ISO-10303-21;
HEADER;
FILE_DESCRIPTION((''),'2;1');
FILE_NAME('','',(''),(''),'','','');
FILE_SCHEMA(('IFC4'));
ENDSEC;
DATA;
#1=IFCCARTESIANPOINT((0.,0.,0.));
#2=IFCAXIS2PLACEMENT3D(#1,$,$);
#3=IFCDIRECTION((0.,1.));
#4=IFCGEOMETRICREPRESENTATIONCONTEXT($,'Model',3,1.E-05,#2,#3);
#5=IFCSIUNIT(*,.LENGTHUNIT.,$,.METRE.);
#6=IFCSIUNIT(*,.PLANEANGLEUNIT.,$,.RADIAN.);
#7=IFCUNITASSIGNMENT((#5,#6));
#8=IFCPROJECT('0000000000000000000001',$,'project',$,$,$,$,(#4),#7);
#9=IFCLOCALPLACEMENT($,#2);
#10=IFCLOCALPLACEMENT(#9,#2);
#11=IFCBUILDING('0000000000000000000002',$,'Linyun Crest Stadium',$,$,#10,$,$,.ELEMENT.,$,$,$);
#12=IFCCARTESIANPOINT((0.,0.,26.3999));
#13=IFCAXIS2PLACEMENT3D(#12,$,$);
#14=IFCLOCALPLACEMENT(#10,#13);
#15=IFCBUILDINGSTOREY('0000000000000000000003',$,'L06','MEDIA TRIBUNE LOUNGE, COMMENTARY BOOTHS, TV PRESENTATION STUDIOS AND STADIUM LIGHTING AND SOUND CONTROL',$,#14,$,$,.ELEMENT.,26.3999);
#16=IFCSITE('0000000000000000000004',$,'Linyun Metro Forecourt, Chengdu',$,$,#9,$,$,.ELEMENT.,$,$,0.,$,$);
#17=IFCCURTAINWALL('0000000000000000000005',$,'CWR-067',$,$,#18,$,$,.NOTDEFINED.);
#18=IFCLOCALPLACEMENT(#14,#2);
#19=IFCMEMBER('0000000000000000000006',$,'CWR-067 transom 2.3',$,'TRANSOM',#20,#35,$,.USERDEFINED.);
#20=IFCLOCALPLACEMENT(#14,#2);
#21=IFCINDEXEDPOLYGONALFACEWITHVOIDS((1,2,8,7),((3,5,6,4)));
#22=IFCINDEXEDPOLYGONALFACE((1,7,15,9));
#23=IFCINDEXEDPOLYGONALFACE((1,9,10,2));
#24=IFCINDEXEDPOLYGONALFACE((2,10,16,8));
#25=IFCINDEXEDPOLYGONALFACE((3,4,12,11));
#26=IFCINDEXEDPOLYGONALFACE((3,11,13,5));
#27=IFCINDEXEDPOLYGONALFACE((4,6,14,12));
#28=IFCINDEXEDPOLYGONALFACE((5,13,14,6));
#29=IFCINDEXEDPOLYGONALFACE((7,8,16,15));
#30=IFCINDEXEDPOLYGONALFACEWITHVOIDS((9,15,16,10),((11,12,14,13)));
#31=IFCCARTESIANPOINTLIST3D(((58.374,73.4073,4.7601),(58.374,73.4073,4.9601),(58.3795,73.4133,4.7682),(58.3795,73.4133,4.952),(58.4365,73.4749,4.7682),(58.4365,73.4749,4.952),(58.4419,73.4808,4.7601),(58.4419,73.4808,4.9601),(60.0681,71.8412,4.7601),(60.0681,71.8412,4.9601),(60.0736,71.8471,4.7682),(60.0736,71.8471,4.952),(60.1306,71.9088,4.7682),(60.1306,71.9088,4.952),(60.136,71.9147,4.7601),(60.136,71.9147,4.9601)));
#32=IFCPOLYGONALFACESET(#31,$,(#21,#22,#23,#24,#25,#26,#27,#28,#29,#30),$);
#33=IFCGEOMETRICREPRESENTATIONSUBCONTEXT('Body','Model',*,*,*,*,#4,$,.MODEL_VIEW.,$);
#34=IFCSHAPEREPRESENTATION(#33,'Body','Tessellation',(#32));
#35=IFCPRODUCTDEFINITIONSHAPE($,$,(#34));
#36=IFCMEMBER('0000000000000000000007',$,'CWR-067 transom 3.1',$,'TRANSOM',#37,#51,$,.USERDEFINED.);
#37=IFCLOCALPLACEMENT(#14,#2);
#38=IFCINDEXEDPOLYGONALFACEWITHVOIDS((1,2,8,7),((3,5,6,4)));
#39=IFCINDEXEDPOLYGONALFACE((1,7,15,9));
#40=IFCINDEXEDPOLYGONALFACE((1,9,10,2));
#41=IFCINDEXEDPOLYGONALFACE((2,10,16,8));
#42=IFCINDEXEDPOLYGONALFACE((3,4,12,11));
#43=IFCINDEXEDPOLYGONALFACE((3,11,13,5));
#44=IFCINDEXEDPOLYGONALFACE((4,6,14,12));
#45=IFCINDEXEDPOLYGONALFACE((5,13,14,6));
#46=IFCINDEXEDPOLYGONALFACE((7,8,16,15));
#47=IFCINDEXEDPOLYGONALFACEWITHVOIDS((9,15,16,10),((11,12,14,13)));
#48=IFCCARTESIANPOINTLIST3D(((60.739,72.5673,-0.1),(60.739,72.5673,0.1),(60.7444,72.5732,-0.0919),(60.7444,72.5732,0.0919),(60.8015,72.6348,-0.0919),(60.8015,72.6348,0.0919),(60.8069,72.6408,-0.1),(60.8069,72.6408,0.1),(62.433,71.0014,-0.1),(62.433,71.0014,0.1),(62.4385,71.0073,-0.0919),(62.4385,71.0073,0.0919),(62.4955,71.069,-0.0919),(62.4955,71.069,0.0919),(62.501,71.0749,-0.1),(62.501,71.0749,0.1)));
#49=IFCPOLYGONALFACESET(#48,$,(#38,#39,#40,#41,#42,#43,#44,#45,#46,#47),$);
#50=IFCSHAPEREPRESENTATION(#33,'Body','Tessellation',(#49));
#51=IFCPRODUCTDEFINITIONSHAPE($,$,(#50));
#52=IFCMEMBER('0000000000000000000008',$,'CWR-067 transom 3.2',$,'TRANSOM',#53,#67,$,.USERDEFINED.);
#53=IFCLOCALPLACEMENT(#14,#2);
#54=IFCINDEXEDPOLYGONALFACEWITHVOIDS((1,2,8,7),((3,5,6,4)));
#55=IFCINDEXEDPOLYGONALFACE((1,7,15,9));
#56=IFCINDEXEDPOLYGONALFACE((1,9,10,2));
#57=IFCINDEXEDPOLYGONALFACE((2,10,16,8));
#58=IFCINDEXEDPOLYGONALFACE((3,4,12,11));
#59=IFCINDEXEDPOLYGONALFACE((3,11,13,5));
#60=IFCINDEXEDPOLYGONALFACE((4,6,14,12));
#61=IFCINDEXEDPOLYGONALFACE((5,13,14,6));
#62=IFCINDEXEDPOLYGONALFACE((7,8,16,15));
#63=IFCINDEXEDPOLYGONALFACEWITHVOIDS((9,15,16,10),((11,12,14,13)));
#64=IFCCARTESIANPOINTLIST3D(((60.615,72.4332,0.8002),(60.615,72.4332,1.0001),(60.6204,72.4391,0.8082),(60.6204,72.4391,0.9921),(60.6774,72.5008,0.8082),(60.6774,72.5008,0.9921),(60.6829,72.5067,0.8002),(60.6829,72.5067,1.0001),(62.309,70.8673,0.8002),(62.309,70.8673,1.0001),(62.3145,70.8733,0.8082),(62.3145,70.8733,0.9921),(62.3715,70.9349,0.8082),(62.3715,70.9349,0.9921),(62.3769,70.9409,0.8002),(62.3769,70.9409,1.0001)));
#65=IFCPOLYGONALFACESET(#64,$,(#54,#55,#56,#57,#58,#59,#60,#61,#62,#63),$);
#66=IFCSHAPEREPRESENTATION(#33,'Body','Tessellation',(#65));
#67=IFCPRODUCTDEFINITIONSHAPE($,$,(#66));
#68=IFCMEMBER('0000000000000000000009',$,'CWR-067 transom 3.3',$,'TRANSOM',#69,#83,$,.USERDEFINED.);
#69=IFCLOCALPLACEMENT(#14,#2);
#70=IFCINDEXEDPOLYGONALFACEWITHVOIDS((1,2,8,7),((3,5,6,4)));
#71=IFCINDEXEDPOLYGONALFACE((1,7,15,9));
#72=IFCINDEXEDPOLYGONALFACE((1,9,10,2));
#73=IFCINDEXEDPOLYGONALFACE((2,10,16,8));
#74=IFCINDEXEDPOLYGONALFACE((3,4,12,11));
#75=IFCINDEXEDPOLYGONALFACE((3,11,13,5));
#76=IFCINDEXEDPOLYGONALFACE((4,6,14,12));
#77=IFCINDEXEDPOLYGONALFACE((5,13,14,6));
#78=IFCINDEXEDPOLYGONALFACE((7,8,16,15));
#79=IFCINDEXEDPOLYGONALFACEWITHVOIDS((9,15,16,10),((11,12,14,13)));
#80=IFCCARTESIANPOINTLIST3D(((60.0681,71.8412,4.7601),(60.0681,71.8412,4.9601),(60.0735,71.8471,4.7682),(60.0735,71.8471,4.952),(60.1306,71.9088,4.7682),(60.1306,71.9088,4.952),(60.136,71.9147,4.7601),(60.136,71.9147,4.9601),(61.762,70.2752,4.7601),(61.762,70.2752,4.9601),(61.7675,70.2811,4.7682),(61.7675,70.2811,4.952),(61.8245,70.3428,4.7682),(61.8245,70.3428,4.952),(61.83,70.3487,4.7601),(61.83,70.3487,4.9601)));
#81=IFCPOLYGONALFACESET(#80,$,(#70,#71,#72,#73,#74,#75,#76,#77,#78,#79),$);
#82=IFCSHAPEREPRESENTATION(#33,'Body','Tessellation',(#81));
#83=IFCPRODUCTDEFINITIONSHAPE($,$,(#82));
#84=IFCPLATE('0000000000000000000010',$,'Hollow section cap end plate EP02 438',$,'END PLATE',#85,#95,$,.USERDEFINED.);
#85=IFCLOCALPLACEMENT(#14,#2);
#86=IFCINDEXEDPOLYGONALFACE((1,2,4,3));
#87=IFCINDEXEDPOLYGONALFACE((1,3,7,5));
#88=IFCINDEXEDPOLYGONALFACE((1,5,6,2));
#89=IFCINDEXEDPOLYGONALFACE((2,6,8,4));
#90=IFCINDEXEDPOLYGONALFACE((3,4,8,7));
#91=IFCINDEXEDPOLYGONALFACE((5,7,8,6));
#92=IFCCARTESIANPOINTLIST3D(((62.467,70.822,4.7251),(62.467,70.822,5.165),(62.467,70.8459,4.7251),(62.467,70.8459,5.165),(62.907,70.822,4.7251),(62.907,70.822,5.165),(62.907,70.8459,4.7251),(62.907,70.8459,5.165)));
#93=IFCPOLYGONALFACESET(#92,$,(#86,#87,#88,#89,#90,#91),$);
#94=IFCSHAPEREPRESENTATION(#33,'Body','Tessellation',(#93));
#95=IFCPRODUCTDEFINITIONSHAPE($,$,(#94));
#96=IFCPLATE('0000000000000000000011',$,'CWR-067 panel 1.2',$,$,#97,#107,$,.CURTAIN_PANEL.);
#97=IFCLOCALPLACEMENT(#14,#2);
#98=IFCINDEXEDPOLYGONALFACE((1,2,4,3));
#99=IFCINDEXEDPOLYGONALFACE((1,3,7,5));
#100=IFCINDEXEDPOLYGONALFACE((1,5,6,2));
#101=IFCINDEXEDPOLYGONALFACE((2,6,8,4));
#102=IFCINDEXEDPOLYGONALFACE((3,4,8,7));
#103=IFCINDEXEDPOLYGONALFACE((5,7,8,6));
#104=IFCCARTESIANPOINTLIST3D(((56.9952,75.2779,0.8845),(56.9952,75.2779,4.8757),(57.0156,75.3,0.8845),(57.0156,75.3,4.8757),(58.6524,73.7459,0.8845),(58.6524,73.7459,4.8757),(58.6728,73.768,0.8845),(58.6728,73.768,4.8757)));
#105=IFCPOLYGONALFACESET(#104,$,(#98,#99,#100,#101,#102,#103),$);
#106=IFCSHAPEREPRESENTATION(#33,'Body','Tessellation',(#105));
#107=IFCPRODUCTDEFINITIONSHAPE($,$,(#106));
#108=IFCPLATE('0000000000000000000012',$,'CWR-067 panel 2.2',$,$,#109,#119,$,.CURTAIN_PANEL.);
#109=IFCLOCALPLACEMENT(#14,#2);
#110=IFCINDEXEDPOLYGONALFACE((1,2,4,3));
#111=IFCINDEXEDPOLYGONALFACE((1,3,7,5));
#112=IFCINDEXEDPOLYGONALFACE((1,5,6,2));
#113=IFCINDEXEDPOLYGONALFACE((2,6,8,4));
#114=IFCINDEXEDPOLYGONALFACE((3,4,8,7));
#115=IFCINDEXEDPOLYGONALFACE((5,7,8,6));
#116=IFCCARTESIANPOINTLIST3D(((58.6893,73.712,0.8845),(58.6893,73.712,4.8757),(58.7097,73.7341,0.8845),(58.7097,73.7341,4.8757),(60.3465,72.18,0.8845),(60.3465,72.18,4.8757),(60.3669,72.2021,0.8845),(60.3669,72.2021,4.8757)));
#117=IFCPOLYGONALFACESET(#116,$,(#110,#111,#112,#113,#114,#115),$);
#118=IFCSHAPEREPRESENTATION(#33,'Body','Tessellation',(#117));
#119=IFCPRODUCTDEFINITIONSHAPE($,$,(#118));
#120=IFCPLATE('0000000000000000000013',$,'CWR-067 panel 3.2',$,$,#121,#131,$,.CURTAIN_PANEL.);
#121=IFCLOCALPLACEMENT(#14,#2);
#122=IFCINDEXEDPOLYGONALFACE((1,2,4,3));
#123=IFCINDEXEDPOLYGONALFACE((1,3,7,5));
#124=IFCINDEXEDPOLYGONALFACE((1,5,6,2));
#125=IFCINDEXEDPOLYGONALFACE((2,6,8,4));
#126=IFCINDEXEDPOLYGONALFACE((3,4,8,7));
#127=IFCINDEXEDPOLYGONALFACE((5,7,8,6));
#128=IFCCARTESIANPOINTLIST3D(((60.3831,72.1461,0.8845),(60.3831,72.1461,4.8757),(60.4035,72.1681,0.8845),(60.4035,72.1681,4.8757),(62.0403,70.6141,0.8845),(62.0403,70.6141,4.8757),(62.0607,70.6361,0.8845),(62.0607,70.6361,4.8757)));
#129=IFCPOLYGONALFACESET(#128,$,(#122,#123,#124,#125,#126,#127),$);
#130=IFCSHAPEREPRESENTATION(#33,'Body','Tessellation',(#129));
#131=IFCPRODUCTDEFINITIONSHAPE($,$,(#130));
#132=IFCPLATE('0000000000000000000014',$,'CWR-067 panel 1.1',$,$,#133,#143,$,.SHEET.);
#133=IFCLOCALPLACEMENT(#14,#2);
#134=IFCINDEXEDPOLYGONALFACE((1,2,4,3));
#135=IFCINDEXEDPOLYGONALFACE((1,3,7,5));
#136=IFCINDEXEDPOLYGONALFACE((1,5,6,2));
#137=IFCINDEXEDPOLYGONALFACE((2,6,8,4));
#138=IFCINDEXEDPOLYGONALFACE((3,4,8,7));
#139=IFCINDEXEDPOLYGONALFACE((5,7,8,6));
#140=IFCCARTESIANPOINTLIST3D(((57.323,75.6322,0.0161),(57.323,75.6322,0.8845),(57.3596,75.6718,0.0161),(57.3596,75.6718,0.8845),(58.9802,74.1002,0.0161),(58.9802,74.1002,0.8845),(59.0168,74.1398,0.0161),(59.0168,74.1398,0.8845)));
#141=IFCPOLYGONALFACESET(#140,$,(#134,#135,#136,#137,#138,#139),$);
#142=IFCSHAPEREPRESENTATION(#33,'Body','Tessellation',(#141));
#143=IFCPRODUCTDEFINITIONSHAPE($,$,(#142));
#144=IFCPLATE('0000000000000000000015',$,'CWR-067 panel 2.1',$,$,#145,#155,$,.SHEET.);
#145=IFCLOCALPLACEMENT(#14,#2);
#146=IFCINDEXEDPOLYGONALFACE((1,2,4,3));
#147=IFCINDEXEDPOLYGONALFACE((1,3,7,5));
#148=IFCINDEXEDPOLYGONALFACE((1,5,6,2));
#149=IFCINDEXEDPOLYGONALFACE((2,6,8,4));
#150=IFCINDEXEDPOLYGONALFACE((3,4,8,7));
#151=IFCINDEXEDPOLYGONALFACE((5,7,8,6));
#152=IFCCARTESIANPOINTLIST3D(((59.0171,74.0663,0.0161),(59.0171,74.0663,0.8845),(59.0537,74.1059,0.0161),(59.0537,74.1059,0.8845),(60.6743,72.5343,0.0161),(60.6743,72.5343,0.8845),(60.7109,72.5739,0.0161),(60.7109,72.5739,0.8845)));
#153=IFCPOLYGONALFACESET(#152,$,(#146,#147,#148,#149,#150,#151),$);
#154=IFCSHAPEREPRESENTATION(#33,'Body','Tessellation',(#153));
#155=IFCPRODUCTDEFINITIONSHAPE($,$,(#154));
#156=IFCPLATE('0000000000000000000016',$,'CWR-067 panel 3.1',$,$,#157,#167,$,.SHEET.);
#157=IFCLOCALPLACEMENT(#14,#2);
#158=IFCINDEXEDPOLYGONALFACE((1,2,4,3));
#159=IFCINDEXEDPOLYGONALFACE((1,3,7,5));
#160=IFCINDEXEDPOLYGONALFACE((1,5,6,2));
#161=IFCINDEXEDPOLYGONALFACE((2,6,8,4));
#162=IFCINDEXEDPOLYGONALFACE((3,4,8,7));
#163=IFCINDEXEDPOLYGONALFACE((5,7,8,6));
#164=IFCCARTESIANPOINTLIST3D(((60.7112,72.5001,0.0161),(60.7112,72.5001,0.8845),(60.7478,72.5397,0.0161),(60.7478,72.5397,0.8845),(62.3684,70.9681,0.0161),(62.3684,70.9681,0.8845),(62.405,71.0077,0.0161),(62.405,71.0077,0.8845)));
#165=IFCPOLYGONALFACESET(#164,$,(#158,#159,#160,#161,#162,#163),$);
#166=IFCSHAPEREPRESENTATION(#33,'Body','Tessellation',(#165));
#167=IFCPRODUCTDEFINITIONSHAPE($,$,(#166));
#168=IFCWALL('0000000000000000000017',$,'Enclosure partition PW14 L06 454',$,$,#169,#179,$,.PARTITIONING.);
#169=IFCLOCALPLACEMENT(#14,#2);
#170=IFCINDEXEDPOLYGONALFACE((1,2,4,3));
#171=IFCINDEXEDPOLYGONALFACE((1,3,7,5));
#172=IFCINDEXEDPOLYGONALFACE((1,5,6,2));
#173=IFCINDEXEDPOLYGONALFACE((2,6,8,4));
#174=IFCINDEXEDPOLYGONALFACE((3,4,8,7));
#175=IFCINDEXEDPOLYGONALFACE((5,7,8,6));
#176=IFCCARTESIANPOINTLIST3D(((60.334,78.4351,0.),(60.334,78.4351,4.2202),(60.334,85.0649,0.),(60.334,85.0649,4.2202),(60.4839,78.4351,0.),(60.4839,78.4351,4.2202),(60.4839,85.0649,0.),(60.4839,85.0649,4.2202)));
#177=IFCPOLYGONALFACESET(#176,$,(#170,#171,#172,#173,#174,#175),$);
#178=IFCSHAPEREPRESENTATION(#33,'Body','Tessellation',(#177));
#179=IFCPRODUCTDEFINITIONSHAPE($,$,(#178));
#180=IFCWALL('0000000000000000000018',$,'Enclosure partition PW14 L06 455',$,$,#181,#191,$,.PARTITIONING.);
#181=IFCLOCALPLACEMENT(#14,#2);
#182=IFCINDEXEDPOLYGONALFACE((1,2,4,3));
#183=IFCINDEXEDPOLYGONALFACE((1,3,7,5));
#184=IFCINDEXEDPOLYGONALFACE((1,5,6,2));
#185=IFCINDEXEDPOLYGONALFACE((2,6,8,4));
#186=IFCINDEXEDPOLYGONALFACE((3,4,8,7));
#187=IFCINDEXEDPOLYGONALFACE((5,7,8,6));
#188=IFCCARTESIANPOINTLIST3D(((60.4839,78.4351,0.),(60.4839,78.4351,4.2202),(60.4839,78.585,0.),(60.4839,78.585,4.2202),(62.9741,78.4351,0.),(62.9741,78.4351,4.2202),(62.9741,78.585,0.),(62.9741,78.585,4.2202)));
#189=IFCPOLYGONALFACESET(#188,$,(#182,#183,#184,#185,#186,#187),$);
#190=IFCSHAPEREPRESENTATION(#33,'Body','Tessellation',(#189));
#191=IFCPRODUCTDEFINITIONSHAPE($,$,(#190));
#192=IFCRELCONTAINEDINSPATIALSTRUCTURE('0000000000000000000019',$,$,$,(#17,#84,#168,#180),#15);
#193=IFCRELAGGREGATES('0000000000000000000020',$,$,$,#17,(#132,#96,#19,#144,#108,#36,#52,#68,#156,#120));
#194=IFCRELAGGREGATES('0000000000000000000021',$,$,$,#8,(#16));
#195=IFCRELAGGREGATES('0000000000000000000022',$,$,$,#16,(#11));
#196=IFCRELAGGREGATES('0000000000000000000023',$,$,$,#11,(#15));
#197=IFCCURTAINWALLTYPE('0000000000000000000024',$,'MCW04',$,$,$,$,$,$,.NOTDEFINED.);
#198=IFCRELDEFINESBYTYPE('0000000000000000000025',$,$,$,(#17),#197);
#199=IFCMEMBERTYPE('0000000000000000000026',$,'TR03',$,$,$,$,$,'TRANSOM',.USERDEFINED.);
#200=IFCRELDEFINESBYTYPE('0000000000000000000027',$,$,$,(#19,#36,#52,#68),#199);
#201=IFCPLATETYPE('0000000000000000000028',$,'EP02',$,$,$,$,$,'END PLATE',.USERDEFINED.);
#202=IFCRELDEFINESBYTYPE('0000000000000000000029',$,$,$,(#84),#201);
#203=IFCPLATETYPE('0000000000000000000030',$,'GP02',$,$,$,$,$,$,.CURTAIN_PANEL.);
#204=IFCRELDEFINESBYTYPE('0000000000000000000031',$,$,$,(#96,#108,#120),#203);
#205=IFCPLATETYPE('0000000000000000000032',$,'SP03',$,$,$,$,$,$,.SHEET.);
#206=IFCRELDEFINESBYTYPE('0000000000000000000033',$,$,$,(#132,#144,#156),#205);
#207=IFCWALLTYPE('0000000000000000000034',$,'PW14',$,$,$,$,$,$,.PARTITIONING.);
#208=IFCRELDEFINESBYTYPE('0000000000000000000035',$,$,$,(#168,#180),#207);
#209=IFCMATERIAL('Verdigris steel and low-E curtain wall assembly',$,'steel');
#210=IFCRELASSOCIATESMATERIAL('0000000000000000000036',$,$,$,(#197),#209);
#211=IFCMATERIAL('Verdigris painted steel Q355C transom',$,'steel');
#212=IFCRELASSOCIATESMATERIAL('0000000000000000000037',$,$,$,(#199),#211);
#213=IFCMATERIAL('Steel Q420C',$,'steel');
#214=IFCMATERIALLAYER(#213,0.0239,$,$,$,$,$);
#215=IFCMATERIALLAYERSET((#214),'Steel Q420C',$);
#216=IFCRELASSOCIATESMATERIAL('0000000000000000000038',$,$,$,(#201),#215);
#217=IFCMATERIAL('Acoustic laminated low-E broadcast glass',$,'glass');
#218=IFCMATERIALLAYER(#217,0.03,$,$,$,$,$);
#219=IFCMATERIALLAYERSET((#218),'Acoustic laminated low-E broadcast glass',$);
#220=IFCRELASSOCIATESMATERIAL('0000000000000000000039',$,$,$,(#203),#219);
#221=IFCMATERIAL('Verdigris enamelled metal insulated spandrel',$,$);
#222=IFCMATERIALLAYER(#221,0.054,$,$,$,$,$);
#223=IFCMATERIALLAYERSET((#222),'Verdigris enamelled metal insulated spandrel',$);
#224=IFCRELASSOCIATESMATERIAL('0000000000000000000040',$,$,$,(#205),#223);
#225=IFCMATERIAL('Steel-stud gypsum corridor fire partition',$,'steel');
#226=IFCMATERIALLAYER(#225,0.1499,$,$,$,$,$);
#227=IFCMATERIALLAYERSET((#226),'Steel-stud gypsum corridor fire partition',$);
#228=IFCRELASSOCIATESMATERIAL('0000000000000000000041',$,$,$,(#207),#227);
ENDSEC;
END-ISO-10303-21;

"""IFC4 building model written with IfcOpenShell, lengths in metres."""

from ifc_helpers import new_model, si_unit, direction, frame, frame_2d, origin, origin_2d, place, context, subcontext, project, spatial, rectangle, hollow_rectangle, extrude, material, layer, layer_set, material_profile, profile_set, type_object, element, aggregate, save


model = new_model("IFC4")

# Units and contexts
model_context = context("Model", 3, precision=1e-05, world=origin(), true_north=direction((0.0, 1.0)))
body_context = subcontext(model_context, "Body", "Model", "MODEL_VIEW")
ifc_project = project(units=[si_unit("LENGTHUNIT", "METRE"), si_unit("PLANEANGLEUNIT", "RADIAN")], contexts=[model_context])

# Site, building, storey
site_placement = place(None, origin())
site = spatial("IfcSite", under=ifc_project, at=site_placement, Name="Linyun Metro Forecourt, Chengdu", CompositionType="ELEMENT", RefElevation=0.0)
building_placement = place(site_placement, origin())
building = spatial("IfcBuilding", under=site, at=building_placement, Name="Linyun Crest Stadium", CompositionType="ELEMENT")
storey_placement = place(building_placement, frame((0.0, 0.0, 26.3999)))
storey = spatial("IfcBuildingStorey", under=building, at=storey_placement, Name="L06", Description="MEDIA TRIBUNE LOUNGE, COMMENTARY BOOTHS, TV PRESENTATION STUDIOS AND STADIUM LIGHTING AND SOUND CONTROL", CompositionType="ELEMENT", Elevation=26.3999)

# Curtain wall, members
ifc_material_1 = material(Name="Verdigris steel and low-E curtain wall assembly", Category="steel")
curtain_wall_type = type_object("IfcCurtainWallType", Name="MCW04", PredefinedType="NOTDEFINED", material=ifc_material_1)
curtain_wall_placement = place(storey_placement, origin())
curtain_wall = element("IfcCurtainWall", 1, at=curtain_wall_placement, inside=storey, type_object=curtain_wall_type, Name="CWR-067", PredefinedType="NOTDEFINED")
ifc_material_2 = material(Name="Verdigris painted steel Q355C transom", Category="steel")
ifc_material_profile_1 = material_profile(ifc_material_2, hollow_rectangle(XDim=0.1001, YDim=0.2, WallThickness=0.0081, at=origin_2d()), Name="RHS 200x100x8")
ifc_profile_set_1 = profile_set([ifc_material_profile_1], Name="Verdigris painted steel Q355C transom")
member_type_1 = type_object("IfcMemberType", Name="TR03", ElementType="TRANSOM", PredefinedType="USERDEFINED", material=ifc_profile_set_1)
member_1_placement = place(storey_placement, frame((58.408, 73.4441, 4.8601), z_axis=(0.734288, -0.678838, 0.0), x_axis=(0.678838, 0.734288, 0.0)))
member_1 = element("IfcMember", 2, at=member_1_placement, type_object=member_type_1, Name="CWR-067 transom 2.3", ObjectType="TRANSOM", PredefinedType="USERDEFINED", context=body_context, shape_type="SweptSolid", body=[
    extrude(hollow_rectangle(XDim=0.1001, YDim=0.2, WallThickness=0.0081, at=origin_2d()), origin(), (0.0, 0.0, 1.0), 2.3071),
])
member_2_placement = place(storey_placement, frame((60.7729, 72.604, 0.0), z_axis=(0.734341, -0.678781, 0.0), x_axis=(0.678781, 0.734341, 0.0)))
member_2 = element("IfcMember", 3, at=member_2_placement, type_object=member_type_1, Name="CWR-067 transom 3.1", ObjectType="TRANSOM", PredefinedType="USERDEFINED", context=body_context, shape_type="SweptSolid", body=[
    extrude(hollow_rectangle(XDim=0.1001, YDim=0.2, WallThickness=0.0081, at=origin_2d()), origin(), (0.0, 0.0, 1.0), 2.3069),
])
member_3_placement = place(storey_placement, frame((60.6489, 72.47, 0.9001), z_axis=(0.734341, -0.678781, 0.0), x_axis=(0.678781, 0.734341, 0.0)))
member_3 = element("IfcMember", 4, at=member_3_placement, type_object=member_type_1, Name="CWR-067 transom 3.2", ObjectType="TRANSOM", PredefinedType="USERDEFINED", context=body_context, shape_type="SweptSolid", body=[
    extrude(hollow_rectangle(XDim=0.1001, YDim=0.2, WallThickness=0.0081, at=origin_2d()), origin(), (0.0, 0.0, 1.0), 2.3069),
])
member_4_placement = place(storey_placement, frame((60.1021, 71.8779, 4.8601), z_axis=(0.734292, -0.678834, 0.0), x_axis=(0.678834, 0.734292, 0.0)))
member_4 = element("IfcMember", 5, at=member_4_placement, type_object=member_type_1, Name="CWR-067 transom 3.3", ObjectType="TRANSOM", PredefinedType="USERDEFINED", context=body_context, shape_type="SweptSolid", body=[
    extrude(hollow_rectangle(XDim=0.1001, YDim=0.2, WallThickness=0.0081, at=origin_2d()), origin(), (0.0, 0.0, 1.0), 2.3069),
])

# Plates
ifc_material_3 = material(Name="Steel Q420C", Category="steel")
ifc_layer_1 = layer(ifc_material_3, 0.0239)
ifc_layer_set_1 = layer_set([ifc_layer_1], Name="Steel Q420C")
plate_type_1 = type_object("IfcPlateType", Name="EP02", ElementType="END PLATE", PredefinedType="USERDEFINED", material=ifc_layer_set_1)
plate_1_placement = place(storey_placement, frame((62.687, 70.834, 4.7251), z_axis=(0.0, 0.0, 1.0), x_axis=(1.0, 0.0, 0.0)))
element("IfcPlate", 6, at=plate_1_placement, inside=storey, type_object=plate_type_1, Name="Hollow section cap end plate EP02 438", ObjectType="END PLATE", PredefinedType="USERDEFINED", context=body_context, shape_type="SweptSolid", body=[
    extrude(rectangle(XDim=0.4399, YDim=0.0239, at=origin_2d()), origin(), (0.0, 0.0, 1.0), 0.4399),
])
ifc_material_4 = material(Name="Acoustic laminated low-E broadcast glass", Category="glass")
ifc_layer_2 = layer(ifc_material_4, 0.03)
ifc_layer_set_2 = layer_set([ifc_layer_2], Name="Acoustic laminated low-E broadcast glass")
plate_type_2 = type_object("IfcPlateType", Name="GP02", PredefinedType="CURTAIN_PANEL", material=ifc_layer_set_2)
plate_2_placement = place(storey_placement, frame((57.834, 74.5229, 0.8845), z_axis=(0.0, 0.0, 1.0), x_axis=(0.734299, -0.678826, 0.0)))
plate_2 = element("IfcPlate", 7, at=plate_2_placement, type_object=plate_type_2, Name="CWR-067 panel 1.2", PredefinedType="CURTAIN_PANEL", context=body_context, shape_type="SweptSolid", body=[
    extrude(rectangle(XDim=2.2568, YDim=0.03, at=origin_2d()), origin(), (0.0, 0.0, 1.0), 3.9912),
])
plate_3_placement = place(storey_placement, frame((59.5281, 72.957, 0.8845), z_axis=(0.0, 0.0, 1.0), x_axis=(0.734299, -0.678826, 0.0)))
plate_3 = element("IfcPlate", 8, at=plate_3_placement, type_object=plate_type_2, Name="CWR-067 panel 2.2", PredefinedType="CURTAIN_PANEL", context=body_context, shape_type="SweptSolid", body=[
    extrude(rectangle(XDim=2.2568, YDim=0.03, at=origin_2d()), origin(), (0.0, 0.0, 1.0), 3.9912),
])
plate_4_placement = place(storey_placement, frame((61.2219, 71.3911, 0.8845), z_axis=(0.0, 0.0, 1.0), x_axis=(0.734299, -0.678826, 0.0)))
plate_4 = element("IfcPlate", 9, at=plate_4_placement, type_object=plate_type_2, Name="CWR-067 panel 3.2", PredefinedType="CURTAIN_PANEL", context=body_context, shape_type="SweptSolid", body=[
    extrude(rectangle(XDim=2.2568, YDim=0.03, at=origin_2d()), origin(), (0.0, 0.0, 1.0), 3.9912),
])
ifc_material_5 = material(Name="Verdigris enamelled metal insulated spandrel")
ifc_layer_3 = layer(ifc_material_5, 0.054)
ifc_layer_set_3 = layer_set([ifc_layer_3], Name="Verdigris enamelled metal insulated spandrel")
plate_type_3 = type_object("IfcPlateType", Name="SP03", PredefinedType="SHEET", material=ifc_layer_set_3)
plate_5_placement = place(storey_placement, frame((58.1699, 74.886, 0.0161), z_axis=(0.0, 0.0, 1.0), x_axis=(0.734299, -0.678826, 0.0)))
plate_5 = element("IfcPlate", 10, at=plate_5_placement, type_object=plate_type_3, Name="CWR-067 panel 1.1", PredefinedType="SHEET", context=body_context, shape_type="SweptSolid", body=[
    extrude(rectangle(XDim=2.2568, YDim=0.054, at=origin_2d()), origin(), (0.0, 0.0, 1.0), 0.8684),
])
plate_6_placement = place(storey_placement, frame((59.864, 73.3201, 0.0161), z_axis=(0.0, 0.0, 1.0), x_axis=(0.734299, -0.678826, 0.0)))
plate_6 = element("IfcPlate", 11, at=plate_6_placement, type_object=plate_type_3, Name="CWR-067 panel 2.1", PredefinedType="SHEET", context=body_context, shape_type="SweptSolid", body=[
    extrude(rectangle(XDim=2.2568, YDim=0.054, at=origin_2d()), origin(), (0.0, 0.0, 1.0), 0.8684),
])
plate_7_placement = place(storey_placement, frame((61.5581, 71.7539, 0.0161), z_axis=(0.0, 0.0, 1.0), x_axis=(0.734299, -0.678826, 0.0)))
plate_7 = element("IfcPlate", 12, at=plate_7_placement, type_object=plate_type_3, Name="CWR-067 panel 3.1", PredefinedType="SHEET", context=body_context, shape_type="SweptSolid", body=[
    extrude(rectangle(XDim=2.2568, YDim=0.054, at=origin_2d()), origin(), (0.0, 0.0, 1.0), 0.8684),
])
aggregate(curtain_wall, [plate_5, plate_2, member_1, plate_6, plate_3, member_2, member_3, member_4, plate_7, plate_4])

# Walls
ifc_material_6 = material(Name="Steel-stud gypsum corridor fire partition", Category="steel")
ifc_layer_4 = layer(ifc_material_6, 0.1499)
ifc_layer_set_4 = layer_set([ifc_layer_4], Name="Steel-stud gypsum corridor fire partition")
wall_type = type_object("IfcWallType", Name="PW14", PredefinedType="PARTITIONING", material=ifc_layer_set_4)
wall_1_placement = place(storey_placement, frame((60.4089, 78.4351, 0.0), z_axis=(0.0, 0.0, 1.0), x_axis=(0.0, 1.0, 0.0)))
element("IfcWall", 13, at=wall_1_placement, inside=storey, type_object=wall_type, Name="Enclosure partition PW14 L06 454", PredefinedType="PARTITIONING", context=body_context, shape_type="SweptSolid", body=[
    extrude(rectangle(XDim=6.6299, YDim=0.1499, at=frame_2d((3.3149, 0.0))), origin(), (0.0, 0.0, 1.0), 4.2202),
])
wall_2_placement = place(storey_placement, frame((60.4839, 78.51, 0.0), z_axis=(0.0, 0.0, 1.0), x_axis=(1.0, 0.0, 0.0)))
element("IfcWall", 14, at=wall_2_placement, inside=storey, type_object=wall_type, Name="Enclosure partition PW14 L06 455", PredefinedType="PARTITIONING", context=body_context, shape_type="SweptSolid", body=[
    extrude(rectangle(XDim=2.4902, YDim=0.1499, at=frame_2d((1.2451, 0.0))), origin(), (0.0, 0.0, 1.0), 4.2202),
])

save(model, "model.ifc")
